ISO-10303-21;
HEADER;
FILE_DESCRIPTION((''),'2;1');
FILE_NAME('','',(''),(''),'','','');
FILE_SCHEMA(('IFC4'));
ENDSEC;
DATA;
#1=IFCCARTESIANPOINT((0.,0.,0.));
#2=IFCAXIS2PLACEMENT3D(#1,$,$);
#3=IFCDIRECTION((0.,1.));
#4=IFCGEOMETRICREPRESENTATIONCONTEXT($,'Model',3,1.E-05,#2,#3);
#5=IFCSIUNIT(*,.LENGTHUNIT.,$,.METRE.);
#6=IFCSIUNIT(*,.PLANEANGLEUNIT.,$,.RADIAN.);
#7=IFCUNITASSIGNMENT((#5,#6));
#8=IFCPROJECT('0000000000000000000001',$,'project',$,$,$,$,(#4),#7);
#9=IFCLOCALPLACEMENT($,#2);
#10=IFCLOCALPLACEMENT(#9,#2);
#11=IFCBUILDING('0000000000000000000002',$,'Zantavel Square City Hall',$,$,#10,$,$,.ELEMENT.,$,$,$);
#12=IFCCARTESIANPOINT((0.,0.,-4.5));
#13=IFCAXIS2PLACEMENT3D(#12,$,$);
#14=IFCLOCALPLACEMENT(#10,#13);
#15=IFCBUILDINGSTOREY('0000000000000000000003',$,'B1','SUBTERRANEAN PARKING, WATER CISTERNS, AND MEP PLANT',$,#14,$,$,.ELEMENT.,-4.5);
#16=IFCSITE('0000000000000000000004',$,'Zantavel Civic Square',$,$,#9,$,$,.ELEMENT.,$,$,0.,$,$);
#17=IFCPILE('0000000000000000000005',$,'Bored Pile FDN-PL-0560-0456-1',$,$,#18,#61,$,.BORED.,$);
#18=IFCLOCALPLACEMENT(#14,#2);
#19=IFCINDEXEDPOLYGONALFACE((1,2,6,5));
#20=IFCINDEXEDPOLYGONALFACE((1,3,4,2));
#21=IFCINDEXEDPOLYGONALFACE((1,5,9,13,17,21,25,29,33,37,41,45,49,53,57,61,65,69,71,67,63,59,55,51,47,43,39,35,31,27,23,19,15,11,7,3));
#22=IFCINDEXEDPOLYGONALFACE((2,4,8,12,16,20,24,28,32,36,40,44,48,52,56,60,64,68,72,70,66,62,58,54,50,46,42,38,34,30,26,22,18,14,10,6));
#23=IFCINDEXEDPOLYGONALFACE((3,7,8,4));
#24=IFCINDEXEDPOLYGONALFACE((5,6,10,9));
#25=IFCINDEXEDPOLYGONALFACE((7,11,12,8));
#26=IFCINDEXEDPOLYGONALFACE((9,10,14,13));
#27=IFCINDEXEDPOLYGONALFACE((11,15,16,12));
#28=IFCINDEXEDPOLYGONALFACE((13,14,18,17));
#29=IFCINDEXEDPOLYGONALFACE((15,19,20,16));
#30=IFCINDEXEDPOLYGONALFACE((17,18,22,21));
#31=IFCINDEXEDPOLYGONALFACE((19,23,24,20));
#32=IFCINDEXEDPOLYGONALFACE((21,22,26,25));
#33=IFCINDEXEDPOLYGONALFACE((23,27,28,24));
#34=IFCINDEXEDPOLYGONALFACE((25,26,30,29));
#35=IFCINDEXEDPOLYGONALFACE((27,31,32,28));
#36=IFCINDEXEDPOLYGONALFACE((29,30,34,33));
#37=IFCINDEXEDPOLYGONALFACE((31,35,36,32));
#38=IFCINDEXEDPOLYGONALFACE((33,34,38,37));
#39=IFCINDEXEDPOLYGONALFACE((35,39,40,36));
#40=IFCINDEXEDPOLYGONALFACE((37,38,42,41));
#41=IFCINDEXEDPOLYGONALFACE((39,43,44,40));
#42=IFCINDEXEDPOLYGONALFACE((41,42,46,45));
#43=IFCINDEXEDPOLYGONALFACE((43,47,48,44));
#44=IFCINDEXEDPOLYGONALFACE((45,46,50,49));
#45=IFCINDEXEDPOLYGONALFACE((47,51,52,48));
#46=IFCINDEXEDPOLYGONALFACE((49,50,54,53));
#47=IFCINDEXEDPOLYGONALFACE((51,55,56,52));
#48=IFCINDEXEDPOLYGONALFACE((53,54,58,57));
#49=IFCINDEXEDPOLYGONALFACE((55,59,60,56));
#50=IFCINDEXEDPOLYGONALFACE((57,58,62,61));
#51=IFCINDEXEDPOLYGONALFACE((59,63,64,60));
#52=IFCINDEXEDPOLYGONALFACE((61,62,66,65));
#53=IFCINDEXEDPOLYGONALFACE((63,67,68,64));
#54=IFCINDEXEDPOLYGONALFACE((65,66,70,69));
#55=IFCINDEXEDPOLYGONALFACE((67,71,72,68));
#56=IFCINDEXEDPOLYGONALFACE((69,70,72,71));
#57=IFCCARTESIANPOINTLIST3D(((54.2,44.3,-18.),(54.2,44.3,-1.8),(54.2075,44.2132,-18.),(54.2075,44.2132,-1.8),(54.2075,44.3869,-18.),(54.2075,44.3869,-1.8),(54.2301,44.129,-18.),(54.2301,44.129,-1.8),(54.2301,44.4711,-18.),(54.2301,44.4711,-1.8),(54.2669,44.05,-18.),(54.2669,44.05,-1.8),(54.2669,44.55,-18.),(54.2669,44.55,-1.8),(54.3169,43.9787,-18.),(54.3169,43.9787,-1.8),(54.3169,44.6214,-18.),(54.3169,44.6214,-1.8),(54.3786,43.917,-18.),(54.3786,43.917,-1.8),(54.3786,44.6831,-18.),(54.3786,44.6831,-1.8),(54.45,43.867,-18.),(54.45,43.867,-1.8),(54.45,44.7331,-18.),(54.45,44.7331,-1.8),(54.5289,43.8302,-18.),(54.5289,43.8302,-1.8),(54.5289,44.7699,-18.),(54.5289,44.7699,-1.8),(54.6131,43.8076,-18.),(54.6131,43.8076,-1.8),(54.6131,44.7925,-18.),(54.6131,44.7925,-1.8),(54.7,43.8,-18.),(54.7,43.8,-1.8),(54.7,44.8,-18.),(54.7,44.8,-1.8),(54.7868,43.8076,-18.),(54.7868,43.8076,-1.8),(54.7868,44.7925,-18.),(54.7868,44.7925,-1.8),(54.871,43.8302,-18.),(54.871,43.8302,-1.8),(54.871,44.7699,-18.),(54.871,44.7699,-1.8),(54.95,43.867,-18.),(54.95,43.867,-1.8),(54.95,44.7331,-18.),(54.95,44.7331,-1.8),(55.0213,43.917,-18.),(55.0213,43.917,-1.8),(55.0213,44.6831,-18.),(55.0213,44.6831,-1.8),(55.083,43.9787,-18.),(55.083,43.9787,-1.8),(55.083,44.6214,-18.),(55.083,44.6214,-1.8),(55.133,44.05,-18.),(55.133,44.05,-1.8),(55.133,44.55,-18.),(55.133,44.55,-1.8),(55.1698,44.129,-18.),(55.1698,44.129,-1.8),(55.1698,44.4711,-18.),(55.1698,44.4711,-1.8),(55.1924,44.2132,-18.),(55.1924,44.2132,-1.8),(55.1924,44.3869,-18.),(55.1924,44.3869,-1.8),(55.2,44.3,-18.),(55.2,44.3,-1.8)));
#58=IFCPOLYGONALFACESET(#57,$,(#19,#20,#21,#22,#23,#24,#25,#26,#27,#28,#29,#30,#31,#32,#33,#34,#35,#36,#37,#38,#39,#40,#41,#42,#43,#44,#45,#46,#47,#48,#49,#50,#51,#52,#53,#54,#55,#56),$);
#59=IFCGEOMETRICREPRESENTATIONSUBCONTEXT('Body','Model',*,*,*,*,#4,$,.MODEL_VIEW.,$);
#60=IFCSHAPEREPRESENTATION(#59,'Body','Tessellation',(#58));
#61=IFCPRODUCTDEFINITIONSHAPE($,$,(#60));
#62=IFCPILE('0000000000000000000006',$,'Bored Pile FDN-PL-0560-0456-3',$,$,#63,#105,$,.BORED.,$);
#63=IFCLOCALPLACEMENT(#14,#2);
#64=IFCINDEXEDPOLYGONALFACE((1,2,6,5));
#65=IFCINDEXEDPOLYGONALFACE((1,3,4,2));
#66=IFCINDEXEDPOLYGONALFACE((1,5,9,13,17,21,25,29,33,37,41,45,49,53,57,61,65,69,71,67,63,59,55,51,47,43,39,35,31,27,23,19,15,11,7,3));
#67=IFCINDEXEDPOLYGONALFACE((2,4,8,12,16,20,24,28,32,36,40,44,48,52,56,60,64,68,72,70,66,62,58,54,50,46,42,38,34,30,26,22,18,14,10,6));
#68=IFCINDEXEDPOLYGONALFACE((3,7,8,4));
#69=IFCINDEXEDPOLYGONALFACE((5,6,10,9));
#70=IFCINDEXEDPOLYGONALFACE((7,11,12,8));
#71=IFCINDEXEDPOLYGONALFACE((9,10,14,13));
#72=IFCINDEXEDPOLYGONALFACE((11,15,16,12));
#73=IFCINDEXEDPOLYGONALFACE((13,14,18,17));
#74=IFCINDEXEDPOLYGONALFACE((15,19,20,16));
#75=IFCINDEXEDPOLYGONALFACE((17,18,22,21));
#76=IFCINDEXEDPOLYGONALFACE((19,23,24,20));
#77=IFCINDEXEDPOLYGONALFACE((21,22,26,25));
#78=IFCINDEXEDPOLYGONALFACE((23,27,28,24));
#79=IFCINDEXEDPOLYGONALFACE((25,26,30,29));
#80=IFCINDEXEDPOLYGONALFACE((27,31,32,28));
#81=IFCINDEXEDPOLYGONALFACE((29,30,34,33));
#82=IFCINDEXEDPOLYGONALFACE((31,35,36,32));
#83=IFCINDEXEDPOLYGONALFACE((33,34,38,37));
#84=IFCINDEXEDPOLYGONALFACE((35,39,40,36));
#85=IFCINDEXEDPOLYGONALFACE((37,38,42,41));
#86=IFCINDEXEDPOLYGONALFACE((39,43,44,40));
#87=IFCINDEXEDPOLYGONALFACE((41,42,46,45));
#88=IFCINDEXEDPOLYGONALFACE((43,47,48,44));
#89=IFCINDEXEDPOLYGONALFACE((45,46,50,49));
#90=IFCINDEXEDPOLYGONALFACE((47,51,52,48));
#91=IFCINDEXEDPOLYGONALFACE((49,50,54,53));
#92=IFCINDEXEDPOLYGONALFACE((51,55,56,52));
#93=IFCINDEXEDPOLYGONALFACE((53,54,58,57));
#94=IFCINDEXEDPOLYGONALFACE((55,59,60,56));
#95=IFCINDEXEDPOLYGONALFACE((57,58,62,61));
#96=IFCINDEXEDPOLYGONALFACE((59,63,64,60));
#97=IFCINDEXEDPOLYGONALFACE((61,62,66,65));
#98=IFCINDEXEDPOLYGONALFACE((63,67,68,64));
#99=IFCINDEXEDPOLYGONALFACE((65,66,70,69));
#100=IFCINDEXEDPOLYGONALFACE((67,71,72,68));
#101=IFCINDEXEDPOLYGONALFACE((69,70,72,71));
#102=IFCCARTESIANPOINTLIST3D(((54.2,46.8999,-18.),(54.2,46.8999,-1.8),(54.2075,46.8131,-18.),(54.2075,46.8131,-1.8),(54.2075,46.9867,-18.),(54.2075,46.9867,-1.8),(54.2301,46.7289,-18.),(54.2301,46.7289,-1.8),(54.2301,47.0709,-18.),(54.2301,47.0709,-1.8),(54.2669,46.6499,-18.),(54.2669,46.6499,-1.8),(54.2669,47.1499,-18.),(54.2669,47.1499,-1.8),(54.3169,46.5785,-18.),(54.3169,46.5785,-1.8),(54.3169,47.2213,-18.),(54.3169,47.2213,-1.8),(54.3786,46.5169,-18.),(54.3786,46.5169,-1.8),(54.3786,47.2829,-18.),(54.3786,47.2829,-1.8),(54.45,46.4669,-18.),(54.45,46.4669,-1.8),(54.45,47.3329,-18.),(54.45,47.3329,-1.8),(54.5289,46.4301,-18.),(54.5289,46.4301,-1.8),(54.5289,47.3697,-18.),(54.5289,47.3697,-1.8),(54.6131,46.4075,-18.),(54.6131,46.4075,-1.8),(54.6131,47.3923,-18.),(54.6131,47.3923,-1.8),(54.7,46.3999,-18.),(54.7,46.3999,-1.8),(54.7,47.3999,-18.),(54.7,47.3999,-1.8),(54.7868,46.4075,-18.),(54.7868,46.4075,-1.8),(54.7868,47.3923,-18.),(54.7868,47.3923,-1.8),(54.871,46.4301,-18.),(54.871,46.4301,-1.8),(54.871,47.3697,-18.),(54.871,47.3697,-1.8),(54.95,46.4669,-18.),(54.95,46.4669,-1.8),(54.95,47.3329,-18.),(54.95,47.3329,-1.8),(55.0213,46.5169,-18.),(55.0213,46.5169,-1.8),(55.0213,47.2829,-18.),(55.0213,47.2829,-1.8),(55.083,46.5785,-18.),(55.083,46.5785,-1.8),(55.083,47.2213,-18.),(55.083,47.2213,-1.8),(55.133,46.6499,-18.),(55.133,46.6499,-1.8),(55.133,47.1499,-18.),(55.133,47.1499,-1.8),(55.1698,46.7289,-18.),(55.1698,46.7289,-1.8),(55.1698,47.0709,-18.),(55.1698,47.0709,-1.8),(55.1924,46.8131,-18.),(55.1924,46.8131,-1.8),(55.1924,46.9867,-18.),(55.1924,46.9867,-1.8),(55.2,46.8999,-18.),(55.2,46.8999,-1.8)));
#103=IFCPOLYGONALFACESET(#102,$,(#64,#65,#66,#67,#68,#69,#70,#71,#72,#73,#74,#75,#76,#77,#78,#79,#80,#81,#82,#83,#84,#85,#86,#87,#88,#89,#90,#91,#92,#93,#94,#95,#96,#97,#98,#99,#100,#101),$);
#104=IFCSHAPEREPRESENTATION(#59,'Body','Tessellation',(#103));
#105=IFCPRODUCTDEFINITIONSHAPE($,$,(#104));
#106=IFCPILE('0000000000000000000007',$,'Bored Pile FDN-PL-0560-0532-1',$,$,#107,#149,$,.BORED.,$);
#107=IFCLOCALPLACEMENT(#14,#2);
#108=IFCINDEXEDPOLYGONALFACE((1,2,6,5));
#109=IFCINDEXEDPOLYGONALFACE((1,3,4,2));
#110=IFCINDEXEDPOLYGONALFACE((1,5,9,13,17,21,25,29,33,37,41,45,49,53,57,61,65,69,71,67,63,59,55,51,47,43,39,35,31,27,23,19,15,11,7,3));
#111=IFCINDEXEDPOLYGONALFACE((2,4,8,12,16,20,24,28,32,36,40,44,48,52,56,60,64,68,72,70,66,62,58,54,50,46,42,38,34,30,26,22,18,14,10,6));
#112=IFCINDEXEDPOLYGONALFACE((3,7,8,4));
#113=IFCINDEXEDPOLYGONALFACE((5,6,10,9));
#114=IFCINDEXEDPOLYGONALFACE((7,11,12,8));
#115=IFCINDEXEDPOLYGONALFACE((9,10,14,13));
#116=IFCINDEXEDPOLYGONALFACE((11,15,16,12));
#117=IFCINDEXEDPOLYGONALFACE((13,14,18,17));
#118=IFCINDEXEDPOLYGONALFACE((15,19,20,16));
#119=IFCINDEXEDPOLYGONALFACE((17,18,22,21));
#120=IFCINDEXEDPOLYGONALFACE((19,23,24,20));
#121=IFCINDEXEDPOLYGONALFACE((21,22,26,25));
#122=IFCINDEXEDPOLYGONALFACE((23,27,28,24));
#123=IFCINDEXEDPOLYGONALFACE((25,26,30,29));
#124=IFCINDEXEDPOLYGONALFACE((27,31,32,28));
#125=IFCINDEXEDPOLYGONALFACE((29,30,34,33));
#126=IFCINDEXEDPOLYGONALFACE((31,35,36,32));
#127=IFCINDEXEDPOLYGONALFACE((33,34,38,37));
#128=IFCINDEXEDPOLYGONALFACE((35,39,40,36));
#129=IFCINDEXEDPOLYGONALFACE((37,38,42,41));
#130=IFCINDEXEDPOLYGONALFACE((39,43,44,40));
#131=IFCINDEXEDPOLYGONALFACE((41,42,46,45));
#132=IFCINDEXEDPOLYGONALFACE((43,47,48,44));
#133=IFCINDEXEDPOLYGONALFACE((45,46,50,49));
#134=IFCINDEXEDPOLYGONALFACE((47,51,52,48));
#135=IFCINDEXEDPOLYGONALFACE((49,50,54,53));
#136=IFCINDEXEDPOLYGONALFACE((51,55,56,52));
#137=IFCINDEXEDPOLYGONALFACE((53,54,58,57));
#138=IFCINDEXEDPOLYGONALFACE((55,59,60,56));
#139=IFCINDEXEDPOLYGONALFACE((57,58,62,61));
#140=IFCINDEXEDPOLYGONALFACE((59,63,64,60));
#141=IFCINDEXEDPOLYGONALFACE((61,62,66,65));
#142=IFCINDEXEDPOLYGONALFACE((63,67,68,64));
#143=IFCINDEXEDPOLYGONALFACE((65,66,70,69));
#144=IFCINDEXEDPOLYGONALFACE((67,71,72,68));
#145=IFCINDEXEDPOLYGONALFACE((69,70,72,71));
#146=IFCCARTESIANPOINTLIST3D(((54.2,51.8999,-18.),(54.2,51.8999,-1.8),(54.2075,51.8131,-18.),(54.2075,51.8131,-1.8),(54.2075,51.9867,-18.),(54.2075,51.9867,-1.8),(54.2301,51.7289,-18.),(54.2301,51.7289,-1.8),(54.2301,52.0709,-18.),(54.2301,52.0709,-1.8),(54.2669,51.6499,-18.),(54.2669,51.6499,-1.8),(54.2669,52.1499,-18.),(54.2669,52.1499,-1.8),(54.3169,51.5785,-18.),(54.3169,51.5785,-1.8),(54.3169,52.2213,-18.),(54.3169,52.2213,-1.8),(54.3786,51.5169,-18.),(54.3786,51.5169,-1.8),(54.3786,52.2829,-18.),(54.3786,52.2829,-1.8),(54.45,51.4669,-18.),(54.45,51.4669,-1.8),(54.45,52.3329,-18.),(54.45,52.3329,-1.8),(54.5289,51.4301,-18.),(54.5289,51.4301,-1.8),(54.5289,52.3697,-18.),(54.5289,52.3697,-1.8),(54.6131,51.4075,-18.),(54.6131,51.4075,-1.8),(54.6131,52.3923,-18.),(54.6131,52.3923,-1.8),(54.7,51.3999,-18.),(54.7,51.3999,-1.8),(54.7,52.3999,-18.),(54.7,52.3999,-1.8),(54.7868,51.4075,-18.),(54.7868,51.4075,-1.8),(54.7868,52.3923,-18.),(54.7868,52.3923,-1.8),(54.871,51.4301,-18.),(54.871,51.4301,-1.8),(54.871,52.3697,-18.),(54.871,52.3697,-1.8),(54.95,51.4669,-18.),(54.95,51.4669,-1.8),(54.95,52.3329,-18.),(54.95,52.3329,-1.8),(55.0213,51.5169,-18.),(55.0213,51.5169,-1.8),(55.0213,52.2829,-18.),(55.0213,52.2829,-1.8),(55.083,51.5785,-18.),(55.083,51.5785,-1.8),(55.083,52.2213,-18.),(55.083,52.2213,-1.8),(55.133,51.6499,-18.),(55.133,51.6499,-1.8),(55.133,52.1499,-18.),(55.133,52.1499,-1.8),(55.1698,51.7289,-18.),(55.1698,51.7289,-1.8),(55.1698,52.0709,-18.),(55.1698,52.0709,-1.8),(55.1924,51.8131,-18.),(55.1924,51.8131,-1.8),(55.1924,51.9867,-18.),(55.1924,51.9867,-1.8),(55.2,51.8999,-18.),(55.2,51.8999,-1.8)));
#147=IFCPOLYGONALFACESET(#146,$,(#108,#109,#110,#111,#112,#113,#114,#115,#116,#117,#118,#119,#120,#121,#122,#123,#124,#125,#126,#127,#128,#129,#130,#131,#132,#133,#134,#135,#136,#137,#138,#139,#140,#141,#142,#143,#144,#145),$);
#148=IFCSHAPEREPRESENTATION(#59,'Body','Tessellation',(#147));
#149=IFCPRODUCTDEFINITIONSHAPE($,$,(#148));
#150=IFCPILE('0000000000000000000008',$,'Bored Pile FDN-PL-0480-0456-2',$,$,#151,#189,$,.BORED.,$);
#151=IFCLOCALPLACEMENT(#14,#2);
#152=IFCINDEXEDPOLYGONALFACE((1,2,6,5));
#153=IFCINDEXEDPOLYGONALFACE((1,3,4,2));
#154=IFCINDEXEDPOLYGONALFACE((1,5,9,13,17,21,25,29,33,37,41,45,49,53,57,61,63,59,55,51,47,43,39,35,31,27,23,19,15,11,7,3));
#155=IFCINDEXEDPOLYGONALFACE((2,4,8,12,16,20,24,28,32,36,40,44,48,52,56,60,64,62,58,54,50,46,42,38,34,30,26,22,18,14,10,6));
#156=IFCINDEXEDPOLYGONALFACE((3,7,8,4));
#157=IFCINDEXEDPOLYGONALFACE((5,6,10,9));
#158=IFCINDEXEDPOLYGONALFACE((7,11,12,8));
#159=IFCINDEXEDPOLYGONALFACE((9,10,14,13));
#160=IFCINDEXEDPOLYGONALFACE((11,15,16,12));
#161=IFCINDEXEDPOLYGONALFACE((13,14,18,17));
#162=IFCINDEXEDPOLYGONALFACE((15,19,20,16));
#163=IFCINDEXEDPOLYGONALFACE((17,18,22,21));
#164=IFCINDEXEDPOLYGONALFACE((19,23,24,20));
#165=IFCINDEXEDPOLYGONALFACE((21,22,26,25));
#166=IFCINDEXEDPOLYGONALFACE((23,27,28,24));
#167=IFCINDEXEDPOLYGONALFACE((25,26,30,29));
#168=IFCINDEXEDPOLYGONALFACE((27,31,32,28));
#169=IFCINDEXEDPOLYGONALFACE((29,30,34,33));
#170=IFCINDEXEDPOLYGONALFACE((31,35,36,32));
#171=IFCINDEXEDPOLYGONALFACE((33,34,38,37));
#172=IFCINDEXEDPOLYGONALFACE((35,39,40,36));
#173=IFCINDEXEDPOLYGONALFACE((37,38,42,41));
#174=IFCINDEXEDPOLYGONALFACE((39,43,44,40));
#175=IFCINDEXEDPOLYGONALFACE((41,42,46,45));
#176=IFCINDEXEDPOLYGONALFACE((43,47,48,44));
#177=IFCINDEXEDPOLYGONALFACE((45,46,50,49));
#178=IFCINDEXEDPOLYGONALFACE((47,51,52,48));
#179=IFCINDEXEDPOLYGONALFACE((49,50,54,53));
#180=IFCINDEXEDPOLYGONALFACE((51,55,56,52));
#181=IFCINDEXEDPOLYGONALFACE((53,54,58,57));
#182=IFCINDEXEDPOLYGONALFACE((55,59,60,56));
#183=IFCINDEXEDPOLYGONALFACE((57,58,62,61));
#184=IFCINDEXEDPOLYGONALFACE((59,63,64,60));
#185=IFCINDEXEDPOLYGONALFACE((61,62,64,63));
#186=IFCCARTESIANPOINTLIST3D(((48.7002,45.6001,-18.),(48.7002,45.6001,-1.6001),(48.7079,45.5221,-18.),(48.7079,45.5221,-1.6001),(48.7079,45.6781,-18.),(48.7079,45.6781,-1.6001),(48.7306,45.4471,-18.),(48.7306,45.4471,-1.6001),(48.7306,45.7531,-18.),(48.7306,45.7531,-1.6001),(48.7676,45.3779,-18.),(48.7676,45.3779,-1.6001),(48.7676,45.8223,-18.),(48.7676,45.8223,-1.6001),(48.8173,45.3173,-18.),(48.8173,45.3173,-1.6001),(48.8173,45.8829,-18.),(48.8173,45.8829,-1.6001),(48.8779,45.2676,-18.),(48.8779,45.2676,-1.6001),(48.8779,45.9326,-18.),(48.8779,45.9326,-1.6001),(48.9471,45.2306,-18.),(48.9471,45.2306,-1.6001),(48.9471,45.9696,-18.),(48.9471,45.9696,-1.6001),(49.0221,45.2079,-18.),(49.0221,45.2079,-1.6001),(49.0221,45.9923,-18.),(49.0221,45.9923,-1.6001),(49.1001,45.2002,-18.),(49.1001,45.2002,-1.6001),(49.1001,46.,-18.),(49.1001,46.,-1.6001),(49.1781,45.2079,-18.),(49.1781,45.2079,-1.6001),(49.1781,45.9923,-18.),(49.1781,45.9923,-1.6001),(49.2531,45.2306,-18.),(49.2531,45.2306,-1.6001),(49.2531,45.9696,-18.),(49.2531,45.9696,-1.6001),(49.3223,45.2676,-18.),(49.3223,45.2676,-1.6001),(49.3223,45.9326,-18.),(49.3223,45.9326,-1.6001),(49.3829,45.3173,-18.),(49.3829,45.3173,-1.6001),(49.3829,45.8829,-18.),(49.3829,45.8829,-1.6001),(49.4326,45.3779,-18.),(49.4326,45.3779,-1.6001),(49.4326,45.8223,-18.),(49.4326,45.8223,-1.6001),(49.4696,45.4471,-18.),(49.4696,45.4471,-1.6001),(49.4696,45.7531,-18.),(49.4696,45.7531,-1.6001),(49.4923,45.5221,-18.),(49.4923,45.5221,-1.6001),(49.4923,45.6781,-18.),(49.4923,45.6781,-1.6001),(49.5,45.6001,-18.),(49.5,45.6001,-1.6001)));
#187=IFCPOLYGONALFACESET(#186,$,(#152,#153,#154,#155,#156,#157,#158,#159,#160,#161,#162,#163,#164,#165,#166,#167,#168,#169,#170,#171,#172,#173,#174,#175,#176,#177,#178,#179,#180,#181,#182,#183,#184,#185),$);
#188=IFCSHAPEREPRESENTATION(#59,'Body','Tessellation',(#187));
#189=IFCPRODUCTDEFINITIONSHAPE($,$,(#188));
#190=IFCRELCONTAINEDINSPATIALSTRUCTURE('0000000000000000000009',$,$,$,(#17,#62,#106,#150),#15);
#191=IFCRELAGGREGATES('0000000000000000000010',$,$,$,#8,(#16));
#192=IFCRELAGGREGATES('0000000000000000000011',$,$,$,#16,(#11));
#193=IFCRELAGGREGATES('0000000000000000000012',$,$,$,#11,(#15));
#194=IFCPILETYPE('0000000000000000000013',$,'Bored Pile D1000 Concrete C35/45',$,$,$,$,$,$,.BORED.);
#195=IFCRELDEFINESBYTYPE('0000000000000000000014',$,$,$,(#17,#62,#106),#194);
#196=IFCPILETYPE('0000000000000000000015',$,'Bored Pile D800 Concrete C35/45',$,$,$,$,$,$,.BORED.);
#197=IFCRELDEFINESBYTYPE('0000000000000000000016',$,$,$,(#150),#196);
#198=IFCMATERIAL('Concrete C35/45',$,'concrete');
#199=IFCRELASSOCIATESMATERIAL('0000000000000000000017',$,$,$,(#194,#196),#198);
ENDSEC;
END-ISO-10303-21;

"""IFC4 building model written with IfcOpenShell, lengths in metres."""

from ifc_helpers import new_model, si_unit, direction, frame, origin, origin_2d, place, context, subcontext, project, spatial, circle, extrude, material, material_profile, profile_set, type_object, element, save


model = new_model("IFC4")

# Units and contexts
model_context = context("Model", 3, precision=1e-05, world=origin(), true_north=direction((0.0, 1.0)))
body_context = subcontext(model_context, "Body", "Model", "MODEL_VIEW")
ifc_project = project(units=[si_unit("LENGTHUNIT", "METRE"), si_unit("PLANEANGLEUNIT", "RADIAN")], contexts=[model_context])

# Site, building, storey
site_placement = place(None, origin())
site = spatial("IfcSite", under=ifc_project, at=site_placement, Name="Zantavel Civic Square", CompositionType="ELEMENT", RefElevation=0.0)
building_placement = place(site_placement, origin())
building = spatial("IfcBuilding", under=site, at=building_placement, Name="Zantavel Square City Hall", CompositionType="ELEMENT")
storey_placement = place(building_placement, frame((0.0, 0.0, -4.5)))
storey = spatial("IfcBuildingStorey", under=building, at=storey_placement, Name="B1", Description="SUBTERRANEAN PARKING, WATER CISTERNS, AND MEP PLANT", CompositionType="ELEMENT", Elevation=-4.5)

# Piles
ifc_material_1 = material(Name="Concrete C35/45", Category="concrete")
ifc_material_profile_1 = material_profile(ifc_material_1, circle(Radius=0.5, at=origin_2d()), Name="PILE D1000")
ifc_profile_set_1 = profile_set([ifc_material_profile_1], Name="Concrete C35/45")
pile_type_1 = type_object("IfcPileType", Name="Bored Pile D1000 Concrete C35/45", PredefinedType="BORED", material=ifc_profile_set_1)
for number, where, z_axis, x_axis, name in (
    (1, (54.7, 44.3, -1.8), (0.0, 0.0, -1.0), (1.0, 0.0, 0.0), "Bored Pile FDN-PL-0560-0456-1"),
    (2, (54.7, 46.8999, -1.8), (0.0, 0.0, -1.0), (1.0, 0.0, 0.0), "Bored Pile FDN-PL-0560-0456-3"),
    (3, (54.7, 51.8999, -1.8), (0.0, 0.0, -1.0), (1.0, 0.0, 0.0), "Bored Pile FDN-PL-0560-0532-1"),
):
    element("IfcPile", number, at=place(storey_placement, frame(where, z_axis=z_axis, x_axis=x_axis)), inside=storey, type_object=pile_type_1, Name=name, PredefinedType="BORED", context=body_context, shape_type="SweptSolid", body=[
        extrude(circle(Radius=0.5, at=origin_2d()), origin(), (0.0, 0.0, 1.0), 16.2),
    ])
ifc_material_profile_2 = material_profile(ifc_material_1, circle(Radius=0.3999, at=origin_2d()), Name="PILE D800")
ifc_profile_set_2 = profile_set([ifc_material_profile_2], Name="Concrete C35/45")
pile_type_2 = type_object("IfcPileType", Name="Bored Pile D800 Concrete C35/45", PredefinedType="BORED", material=ifc_profile_set_2)
for number, where, z_axis, x_axis, name in (
    (4, (49.1001, 45.6001, -1.6001), (0.0, 0.0, -1.0), (1.0, 0.0, 0.0), "Bored Pile FDN-PL-0480-0456-2"),
):
    element("IfcPile", number, at=place(storey_placement, frame(where, z_axis=z_axis, x_axis=x_axis)), inside=storey, type_object=pile_type_2, Name=name, PredefinedType="BORED", context=body_context, shape_type="SweptSolid", body=[
        extrude(circle(Radius=0.3999, at=origin_2d()), origin(), (0.0, 0.0, 1.0), 16.3999),
    ])

save(model, "model.ifc")
